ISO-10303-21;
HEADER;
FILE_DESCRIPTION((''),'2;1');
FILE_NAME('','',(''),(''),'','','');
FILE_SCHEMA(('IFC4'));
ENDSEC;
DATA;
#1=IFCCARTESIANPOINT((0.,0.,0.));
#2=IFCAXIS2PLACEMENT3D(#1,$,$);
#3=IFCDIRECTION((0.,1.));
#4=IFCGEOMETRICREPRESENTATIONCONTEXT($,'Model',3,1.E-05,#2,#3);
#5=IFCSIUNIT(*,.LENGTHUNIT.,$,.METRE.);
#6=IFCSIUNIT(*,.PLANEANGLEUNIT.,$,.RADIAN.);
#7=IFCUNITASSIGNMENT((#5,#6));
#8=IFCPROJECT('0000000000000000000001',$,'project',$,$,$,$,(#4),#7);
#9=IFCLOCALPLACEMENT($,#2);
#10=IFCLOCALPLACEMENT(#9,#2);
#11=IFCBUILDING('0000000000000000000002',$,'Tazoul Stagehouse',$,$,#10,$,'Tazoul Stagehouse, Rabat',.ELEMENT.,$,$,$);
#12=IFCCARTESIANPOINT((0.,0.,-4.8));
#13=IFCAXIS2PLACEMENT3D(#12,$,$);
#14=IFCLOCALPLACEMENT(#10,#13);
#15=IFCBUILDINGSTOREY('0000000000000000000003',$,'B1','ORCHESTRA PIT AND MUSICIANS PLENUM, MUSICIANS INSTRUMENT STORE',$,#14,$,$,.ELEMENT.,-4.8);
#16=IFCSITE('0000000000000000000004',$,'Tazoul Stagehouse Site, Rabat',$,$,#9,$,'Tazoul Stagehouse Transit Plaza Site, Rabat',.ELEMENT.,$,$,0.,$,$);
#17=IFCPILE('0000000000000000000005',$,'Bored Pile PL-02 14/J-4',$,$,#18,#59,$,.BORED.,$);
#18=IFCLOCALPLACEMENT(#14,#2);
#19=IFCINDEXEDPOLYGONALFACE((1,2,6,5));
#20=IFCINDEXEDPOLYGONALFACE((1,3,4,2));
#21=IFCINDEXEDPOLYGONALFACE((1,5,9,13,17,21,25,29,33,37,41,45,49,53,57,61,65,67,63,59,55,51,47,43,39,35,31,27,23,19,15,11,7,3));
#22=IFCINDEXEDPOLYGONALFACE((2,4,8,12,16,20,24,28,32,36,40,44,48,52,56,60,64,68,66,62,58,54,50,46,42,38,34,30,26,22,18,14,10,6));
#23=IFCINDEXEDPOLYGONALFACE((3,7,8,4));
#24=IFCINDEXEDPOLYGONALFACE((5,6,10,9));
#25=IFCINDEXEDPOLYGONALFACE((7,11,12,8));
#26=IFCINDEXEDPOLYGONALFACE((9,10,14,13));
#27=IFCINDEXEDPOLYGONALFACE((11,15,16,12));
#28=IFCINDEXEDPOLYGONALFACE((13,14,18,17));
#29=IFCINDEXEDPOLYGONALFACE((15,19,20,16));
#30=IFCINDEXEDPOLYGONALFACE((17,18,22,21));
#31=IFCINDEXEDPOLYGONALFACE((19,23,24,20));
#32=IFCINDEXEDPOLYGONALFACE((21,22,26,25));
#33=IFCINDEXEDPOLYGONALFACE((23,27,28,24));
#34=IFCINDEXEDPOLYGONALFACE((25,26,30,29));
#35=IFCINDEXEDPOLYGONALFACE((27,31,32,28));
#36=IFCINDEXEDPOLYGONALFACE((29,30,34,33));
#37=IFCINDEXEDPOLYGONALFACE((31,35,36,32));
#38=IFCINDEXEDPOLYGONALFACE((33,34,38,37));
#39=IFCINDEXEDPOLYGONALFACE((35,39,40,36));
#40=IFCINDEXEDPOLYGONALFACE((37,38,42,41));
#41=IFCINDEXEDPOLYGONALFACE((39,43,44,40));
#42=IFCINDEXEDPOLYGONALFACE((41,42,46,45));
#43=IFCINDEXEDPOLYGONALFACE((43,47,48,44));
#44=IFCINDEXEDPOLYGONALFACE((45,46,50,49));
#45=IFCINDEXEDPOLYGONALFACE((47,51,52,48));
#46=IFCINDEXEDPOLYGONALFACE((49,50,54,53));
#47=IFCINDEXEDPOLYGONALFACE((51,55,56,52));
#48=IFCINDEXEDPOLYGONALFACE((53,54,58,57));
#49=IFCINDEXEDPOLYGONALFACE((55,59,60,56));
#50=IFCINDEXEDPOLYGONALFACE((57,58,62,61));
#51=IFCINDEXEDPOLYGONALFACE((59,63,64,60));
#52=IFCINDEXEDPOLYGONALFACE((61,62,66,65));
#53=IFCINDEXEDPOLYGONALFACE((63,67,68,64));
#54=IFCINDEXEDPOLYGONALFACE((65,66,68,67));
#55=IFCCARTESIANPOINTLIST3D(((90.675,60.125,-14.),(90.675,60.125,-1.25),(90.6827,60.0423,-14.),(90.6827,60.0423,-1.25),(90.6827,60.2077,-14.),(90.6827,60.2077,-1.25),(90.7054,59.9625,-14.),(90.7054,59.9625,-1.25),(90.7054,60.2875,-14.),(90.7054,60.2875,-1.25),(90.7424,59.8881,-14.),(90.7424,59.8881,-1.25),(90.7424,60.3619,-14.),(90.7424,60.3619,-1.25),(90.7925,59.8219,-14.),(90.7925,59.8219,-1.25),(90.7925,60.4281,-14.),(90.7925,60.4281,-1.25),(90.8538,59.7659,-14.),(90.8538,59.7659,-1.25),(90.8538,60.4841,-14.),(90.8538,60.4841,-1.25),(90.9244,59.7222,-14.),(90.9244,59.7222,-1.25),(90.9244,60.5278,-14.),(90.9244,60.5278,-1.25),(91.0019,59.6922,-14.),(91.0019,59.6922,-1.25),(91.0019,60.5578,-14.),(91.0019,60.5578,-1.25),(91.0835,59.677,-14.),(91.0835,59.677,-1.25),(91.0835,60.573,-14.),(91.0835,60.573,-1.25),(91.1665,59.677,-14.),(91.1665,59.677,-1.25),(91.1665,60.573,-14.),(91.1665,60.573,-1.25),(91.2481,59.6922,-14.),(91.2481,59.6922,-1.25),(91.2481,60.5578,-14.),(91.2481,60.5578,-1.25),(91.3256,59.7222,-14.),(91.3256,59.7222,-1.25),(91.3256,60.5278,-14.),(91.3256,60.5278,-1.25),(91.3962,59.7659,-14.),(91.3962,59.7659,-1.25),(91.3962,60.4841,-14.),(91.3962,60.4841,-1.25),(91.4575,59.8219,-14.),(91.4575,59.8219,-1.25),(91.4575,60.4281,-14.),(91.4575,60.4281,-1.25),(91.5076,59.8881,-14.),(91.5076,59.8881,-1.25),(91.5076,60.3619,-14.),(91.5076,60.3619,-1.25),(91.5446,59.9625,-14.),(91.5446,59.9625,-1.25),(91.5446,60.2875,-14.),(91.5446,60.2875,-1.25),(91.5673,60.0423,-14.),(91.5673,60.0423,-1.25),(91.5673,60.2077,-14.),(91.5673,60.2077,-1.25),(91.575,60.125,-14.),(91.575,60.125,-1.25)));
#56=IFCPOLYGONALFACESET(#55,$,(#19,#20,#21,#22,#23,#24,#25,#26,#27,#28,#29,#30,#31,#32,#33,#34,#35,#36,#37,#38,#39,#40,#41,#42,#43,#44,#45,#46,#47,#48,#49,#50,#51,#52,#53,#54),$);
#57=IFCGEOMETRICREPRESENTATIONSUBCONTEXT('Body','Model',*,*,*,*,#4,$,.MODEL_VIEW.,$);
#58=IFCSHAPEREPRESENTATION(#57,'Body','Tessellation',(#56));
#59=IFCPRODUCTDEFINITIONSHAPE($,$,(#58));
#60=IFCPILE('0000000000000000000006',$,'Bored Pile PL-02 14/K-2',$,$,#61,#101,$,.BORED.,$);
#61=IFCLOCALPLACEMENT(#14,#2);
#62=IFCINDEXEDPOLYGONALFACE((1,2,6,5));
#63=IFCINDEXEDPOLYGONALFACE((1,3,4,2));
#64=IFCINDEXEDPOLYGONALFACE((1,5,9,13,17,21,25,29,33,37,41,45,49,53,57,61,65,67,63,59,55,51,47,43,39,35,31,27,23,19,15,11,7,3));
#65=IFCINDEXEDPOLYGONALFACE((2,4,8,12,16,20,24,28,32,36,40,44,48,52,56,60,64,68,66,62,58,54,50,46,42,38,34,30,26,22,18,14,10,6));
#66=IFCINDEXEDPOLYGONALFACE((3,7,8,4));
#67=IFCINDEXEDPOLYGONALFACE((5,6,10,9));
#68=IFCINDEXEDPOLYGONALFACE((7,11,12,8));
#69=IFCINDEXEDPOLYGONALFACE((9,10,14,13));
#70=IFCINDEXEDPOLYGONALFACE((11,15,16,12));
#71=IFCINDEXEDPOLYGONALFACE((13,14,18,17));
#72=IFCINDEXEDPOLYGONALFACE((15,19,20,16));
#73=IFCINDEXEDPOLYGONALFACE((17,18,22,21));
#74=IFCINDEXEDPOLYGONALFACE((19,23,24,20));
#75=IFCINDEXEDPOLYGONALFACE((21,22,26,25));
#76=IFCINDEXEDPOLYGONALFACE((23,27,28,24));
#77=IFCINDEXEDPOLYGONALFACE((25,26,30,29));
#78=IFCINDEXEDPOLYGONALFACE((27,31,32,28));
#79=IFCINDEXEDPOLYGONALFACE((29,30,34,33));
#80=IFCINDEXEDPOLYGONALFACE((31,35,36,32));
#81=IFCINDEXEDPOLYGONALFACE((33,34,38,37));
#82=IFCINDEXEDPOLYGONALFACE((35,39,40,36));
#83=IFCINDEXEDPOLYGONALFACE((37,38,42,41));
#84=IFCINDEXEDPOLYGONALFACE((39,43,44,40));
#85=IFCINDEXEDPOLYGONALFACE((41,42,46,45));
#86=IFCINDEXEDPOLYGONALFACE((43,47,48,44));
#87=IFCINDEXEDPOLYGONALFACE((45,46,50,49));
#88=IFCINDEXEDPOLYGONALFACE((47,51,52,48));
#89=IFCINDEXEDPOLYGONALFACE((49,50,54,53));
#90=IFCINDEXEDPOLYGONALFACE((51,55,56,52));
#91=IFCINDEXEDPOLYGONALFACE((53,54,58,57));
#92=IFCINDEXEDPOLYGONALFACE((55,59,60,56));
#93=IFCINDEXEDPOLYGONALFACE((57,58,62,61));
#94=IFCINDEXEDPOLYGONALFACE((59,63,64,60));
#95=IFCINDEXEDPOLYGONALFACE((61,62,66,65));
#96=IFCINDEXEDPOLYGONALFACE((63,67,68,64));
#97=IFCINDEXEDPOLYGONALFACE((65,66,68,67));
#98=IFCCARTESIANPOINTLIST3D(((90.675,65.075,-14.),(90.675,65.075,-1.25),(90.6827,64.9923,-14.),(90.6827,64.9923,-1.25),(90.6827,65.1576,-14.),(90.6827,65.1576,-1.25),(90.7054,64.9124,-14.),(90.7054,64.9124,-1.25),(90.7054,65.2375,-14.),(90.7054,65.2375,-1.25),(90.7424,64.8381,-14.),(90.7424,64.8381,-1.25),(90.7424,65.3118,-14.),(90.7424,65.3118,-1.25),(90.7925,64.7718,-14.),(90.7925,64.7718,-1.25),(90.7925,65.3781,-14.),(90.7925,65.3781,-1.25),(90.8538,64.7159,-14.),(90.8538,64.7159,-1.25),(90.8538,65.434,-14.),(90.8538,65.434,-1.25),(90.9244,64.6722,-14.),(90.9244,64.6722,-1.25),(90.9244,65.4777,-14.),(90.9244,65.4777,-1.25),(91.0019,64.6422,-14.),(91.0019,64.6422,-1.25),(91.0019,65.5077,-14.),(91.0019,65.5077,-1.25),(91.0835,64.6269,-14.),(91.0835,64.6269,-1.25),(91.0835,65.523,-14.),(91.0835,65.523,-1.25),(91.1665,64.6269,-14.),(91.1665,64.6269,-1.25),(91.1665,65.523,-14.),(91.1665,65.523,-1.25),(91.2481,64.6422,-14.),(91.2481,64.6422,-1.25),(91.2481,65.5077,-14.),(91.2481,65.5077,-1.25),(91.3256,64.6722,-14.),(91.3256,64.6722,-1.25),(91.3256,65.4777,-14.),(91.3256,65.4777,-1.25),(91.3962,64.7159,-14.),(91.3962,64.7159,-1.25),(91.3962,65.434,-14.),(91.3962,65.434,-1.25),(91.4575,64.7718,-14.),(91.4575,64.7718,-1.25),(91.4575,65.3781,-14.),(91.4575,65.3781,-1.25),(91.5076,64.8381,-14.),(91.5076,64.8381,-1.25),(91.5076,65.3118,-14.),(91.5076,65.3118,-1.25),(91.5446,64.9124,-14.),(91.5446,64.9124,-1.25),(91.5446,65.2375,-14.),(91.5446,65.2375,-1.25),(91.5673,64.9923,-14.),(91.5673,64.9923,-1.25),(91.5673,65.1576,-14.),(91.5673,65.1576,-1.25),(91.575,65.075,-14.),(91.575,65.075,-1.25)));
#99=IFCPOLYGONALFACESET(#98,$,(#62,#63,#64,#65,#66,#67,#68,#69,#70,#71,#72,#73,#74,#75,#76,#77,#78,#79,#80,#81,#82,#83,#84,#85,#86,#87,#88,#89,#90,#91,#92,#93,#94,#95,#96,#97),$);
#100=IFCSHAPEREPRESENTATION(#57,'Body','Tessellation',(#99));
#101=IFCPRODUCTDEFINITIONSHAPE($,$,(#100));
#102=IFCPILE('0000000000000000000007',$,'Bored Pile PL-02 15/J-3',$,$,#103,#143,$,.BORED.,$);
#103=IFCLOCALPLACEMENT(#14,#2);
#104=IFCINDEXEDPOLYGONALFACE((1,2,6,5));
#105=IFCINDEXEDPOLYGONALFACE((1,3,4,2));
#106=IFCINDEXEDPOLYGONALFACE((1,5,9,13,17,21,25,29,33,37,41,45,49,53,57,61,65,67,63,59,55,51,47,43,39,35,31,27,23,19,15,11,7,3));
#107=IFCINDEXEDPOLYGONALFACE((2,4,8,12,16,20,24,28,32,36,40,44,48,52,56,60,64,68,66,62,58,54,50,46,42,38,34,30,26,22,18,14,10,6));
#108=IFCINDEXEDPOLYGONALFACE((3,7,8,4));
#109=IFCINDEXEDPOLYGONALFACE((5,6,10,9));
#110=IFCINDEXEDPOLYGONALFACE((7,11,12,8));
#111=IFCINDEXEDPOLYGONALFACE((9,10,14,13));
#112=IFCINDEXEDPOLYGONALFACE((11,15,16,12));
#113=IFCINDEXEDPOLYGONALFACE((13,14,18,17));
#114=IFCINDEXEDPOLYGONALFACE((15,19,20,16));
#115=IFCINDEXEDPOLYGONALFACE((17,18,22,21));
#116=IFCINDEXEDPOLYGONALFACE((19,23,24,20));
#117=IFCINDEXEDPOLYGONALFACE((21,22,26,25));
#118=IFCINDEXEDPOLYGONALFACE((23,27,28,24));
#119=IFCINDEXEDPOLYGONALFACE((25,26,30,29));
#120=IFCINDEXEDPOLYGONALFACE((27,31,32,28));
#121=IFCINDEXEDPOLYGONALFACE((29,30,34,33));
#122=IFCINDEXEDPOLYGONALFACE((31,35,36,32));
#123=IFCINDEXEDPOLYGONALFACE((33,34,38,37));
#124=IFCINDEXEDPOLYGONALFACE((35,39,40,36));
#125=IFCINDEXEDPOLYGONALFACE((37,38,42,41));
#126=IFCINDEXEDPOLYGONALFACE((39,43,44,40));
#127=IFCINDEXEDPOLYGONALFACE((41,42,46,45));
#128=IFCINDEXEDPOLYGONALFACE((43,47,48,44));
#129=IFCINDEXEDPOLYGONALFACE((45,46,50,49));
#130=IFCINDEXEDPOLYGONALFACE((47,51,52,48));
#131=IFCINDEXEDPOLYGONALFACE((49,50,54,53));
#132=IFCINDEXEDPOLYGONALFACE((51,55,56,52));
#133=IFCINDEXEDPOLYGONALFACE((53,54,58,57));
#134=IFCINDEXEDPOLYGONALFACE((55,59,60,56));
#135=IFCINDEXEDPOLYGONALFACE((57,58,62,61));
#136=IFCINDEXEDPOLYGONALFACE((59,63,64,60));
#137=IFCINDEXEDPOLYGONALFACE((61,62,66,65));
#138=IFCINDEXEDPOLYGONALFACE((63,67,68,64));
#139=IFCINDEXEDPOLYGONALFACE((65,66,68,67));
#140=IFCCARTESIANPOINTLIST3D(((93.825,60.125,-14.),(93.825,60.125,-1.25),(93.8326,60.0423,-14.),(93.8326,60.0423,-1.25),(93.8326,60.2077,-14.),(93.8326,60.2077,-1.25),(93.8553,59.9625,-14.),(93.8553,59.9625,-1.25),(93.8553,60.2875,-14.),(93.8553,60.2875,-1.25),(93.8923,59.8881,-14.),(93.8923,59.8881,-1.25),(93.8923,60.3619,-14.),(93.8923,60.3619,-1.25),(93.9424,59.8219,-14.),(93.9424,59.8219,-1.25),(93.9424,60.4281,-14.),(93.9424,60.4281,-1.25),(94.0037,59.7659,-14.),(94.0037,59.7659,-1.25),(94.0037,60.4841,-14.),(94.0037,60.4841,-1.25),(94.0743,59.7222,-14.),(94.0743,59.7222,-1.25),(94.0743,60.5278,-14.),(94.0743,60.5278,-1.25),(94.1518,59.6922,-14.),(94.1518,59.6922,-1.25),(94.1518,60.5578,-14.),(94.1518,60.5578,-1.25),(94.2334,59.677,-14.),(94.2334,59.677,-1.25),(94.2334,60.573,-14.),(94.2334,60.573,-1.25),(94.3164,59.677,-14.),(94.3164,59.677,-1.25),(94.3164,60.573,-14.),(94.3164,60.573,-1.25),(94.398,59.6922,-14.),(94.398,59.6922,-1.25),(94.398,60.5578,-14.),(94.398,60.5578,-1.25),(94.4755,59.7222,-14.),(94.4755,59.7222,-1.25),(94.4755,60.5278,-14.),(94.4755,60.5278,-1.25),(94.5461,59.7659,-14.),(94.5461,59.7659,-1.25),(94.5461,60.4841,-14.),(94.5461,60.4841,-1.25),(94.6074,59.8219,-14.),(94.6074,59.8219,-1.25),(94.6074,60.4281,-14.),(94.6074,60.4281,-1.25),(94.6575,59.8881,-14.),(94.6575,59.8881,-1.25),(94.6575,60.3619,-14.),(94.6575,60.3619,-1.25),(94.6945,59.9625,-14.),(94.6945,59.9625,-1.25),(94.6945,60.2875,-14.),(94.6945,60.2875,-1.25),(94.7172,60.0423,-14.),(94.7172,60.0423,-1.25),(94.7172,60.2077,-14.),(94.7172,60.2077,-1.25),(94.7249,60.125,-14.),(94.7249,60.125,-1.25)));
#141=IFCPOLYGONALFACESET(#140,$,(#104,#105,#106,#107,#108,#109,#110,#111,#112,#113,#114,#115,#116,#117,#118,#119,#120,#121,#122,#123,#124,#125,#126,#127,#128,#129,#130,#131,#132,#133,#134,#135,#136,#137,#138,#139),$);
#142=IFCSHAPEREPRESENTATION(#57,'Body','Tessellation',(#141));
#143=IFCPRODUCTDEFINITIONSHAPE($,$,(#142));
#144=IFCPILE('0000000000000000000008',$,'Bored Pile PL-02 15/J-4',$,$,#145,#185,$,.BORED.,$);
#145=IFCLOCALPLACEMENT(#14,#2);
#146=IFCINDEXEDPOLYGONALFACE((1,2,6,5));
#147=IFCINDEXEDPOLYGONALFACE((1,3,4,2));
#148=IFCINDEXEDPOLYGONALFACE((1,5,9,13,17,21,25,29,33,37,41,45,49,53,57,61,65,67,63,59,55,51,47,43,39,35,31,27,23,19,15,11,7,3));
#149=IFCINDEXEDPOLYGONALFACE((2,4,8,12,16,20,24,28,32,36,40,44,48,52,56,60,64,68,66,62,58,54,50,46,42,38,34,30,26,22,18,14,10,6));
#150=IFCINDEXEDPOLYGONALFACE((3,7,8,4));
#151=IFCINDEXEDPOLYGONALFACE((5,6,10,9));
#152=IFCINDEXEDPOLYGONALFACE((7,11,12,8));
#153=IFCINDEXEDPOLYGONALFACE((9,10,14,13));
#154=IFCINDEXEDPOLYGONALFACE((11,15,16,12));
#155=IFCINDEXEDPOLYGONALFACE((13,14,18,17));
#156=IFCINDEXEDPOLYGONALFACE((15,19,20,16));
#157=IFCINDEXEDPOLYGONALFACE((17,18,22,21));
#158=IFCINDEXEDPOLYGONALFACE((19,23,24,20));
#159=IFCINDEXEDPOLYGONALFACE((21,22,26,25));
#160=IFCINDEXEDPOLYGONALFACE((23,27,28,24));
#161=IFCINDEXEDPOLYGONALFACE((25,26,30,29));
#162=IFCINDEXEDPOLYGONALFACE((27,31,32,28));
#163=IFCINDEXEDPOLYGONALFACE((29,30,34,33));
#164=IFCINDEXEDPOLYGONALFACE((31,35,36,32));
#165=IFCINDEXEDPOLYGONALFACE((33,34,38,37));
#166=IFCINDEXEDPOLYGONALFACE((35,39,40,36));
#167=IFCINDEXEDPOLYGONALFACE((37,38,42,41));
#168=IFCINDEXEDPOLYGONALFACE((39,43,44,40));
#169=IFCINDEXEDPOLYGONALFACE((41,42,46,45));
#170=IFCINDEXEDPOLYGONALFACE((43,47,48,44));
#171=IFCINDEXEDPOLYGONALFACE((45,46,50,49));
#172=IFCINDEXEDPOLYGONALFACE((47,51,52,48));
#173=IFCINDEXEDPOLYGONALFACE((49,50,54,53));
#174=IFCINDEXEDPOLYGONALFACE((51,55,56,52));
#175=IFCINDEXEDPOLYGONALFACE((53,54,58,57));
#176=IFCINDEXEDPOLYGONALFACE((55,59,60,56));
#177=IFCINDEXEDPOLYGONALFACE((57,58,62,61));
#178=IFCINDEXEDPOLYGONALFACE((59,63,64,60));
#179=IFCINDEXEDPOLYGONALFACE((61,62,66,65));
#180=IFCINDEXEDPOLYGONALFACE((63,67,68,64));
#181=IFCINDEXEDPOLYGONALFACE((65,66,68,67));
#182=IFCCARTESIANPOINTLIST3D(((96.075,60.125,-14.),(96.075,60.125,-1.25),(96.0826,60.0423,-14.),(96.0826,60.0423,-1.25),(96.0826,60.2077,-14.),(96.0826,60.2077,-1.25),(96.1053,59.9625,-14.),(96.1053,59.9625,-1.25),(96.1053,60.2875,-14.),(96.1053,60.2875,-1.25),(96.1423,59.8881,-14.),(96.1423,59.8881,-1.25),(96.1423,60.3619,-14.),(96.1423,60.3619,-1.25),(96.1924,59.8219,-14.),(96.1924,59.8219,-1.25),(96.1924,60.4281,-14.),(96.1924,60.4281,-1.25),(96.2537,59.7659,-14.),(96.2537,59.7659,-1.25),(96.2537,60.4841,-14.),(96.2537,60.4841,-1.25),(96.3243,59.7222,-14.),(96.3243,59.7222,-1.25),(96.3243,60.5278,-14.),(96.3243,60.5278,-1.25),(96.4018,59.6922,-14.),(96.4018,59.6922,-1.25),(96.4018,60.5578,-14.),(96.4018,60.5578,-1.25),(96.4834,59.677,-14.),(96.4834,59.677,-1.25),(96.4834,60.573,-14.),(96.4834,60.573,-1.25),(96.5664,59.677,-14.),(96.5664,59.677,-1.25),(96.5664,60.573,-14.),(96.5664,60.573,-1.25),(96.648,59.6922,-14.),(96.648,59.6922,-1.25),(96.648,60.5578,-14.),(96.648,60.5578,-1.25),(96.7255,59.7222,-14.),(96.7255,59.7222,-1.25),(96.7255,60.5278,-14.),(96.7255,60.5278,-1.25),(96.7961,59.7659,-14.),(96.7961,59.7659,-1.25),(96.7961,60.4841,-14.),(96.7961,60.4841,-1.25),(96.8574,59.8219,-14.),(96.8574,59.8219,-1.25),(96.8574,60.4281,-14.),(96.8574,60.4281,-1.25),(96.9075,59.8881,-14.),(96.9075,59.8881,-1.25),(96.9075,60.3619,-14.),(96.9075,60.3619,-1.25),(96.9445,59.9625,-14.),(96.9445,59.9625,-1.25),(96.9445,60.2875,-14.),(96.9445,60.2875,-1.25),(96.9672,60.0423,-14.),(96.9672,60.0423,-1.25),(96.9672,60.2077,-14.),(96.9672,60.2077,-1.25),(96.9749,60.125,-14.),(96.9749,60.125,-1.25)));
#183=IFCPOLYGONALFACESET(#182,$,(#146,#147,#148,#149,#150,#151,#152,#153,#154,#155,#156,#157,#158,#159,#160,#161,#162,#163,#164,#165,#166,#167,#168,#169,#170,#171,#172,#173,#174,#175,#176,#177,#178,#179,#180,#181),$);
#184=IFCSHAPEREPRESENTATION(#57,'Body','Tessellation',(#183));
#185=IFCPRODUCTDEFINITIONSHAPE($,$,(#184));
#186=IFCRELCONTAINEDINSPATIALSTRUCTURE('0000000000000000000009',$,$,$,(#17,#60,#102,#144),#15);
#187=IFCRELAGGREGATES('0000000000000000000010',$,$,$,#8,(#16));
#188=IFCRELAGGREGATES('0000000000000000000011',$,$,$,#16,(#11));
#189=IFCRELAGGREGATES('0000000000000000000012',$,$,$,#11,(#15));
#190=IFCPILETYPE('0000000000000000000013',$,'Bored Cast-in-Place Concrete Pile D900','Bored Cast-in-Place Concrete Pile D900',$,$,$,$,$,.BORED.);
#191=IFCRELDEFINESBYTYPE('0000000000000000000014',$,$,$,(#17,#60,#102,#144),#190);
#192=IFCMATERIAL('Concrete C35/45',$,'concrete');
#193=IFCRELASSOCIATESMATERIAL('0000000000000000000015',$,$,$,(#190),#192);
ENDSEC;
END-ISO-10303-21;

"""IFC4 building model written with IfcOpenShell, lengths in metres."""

from ifc_helpers import new_model, si_unit, direction, frame, origin, origin_2d, place, context, subcontext, project, spatial, circle, extrude, material, material_profile, profile_set, type_object, element, save


model = new_model("IFC4")

# Units and contexts
model_context = context("Model", 3, precision=1e-05, world=origin(), true_north=direction((0.0, 1.0)))
body_context = subcontext(model_context, "Body", "Model", "MODEL_VIEW")
ifc_project = project(units=[si_unit("LENGTHUNIT", "METRE"), si_unit("PLANEANGLEUNIT", "RADIAN")], contexts=[model_context])

# Site, building, storey
site_placement = place(None, origin())
site = spatial("IfcSite", under=ifc_project, at=site_placement, Name="Tazoul Stagehouse Site, Rabat", LongName="Tazoul Stagehouse Transit Plaza Site, Rabat", CompositionType="ELEMENT", RefElevation=0.0)
building_placement = place(site_placement, origin())
building = spatial("IfcBuilding", under=site, at=building_placement, Name="Tazoul Stagehouse", LongName="Tazoul Stagehouse, Rabat", CompositionType="ELEMENT")
storey_placement = place(building_placement, frame((0.0, 0.0, -4.8)))
storey = spatial("IfcBuildingStorey", under=building, at=storey_placement, Name="B1", Description="ORCHESTRA PIT AND MUSICIANS PLENUM, MUSICIANS INSTRUMENT STORE", CompositionType="ELEMENT", Elevation=-4.8)

# Piles
ifc_material_1 = material(Name="Concrete C35/45", Category="concrete")
ifc_material_profile_1 = material_profile(ifc_material_1, circle(Radius=0.45, at=origin_2d()), Name="BORED PILE 900")
ifc_profile_set_1 = profile_set([ifc_material_profile_1], Name="Concrete C35/45")
pile_type_1 = type_object("IfcPileType", Name="Bored Cast-in-Place Concrete Pile D900", Description="Bored Cast-in-Place Concrete Pile D900", PredefinedType="BORED", material=ifc_profile_set_1)
for number, where, z_axis, x_axis, name in (
    (1, (91.125, 60.125, -1.25), (0.0, 0.0, -1.0), (1.0, 0.0, 0.0), "Bored Pile PL-02 14/J-4"),
    (2, (91.125, 65.075, -1.25), (0.0, 0.0, -1.0), (1.0, 0.0, 0.0), "Bored Pile PL-02 14/K-2"),
    (3, (94.2749, 60.125, -1.25), (0.0, 0.0, -1.0), (1.0, 0.0, 0.0), "Bored Pile PL-02 15/J-3"),
    (4, (96.5249, 60.125, -1.25), (0.0, 0.0, -1.0), (1.0, 0.0, 0.0), "Bored Pile PL-02 15/J-4"),
):
    element("IfcPile", number, at=place(storey_placement, frame(where, z_axis=z_axis, x_axis=x_axis)), inside=storey, type_object=pile_type_1, Name=name, PredefinedType="BORED", context=body_context, shape_type="SweptSolid", body=[
        extrude(circle(Radius=0.45, at=origin_2d()), origin(), (0.0, 0.0, 1.0), 12.75),
    ])

save(model, "model.ifc")
